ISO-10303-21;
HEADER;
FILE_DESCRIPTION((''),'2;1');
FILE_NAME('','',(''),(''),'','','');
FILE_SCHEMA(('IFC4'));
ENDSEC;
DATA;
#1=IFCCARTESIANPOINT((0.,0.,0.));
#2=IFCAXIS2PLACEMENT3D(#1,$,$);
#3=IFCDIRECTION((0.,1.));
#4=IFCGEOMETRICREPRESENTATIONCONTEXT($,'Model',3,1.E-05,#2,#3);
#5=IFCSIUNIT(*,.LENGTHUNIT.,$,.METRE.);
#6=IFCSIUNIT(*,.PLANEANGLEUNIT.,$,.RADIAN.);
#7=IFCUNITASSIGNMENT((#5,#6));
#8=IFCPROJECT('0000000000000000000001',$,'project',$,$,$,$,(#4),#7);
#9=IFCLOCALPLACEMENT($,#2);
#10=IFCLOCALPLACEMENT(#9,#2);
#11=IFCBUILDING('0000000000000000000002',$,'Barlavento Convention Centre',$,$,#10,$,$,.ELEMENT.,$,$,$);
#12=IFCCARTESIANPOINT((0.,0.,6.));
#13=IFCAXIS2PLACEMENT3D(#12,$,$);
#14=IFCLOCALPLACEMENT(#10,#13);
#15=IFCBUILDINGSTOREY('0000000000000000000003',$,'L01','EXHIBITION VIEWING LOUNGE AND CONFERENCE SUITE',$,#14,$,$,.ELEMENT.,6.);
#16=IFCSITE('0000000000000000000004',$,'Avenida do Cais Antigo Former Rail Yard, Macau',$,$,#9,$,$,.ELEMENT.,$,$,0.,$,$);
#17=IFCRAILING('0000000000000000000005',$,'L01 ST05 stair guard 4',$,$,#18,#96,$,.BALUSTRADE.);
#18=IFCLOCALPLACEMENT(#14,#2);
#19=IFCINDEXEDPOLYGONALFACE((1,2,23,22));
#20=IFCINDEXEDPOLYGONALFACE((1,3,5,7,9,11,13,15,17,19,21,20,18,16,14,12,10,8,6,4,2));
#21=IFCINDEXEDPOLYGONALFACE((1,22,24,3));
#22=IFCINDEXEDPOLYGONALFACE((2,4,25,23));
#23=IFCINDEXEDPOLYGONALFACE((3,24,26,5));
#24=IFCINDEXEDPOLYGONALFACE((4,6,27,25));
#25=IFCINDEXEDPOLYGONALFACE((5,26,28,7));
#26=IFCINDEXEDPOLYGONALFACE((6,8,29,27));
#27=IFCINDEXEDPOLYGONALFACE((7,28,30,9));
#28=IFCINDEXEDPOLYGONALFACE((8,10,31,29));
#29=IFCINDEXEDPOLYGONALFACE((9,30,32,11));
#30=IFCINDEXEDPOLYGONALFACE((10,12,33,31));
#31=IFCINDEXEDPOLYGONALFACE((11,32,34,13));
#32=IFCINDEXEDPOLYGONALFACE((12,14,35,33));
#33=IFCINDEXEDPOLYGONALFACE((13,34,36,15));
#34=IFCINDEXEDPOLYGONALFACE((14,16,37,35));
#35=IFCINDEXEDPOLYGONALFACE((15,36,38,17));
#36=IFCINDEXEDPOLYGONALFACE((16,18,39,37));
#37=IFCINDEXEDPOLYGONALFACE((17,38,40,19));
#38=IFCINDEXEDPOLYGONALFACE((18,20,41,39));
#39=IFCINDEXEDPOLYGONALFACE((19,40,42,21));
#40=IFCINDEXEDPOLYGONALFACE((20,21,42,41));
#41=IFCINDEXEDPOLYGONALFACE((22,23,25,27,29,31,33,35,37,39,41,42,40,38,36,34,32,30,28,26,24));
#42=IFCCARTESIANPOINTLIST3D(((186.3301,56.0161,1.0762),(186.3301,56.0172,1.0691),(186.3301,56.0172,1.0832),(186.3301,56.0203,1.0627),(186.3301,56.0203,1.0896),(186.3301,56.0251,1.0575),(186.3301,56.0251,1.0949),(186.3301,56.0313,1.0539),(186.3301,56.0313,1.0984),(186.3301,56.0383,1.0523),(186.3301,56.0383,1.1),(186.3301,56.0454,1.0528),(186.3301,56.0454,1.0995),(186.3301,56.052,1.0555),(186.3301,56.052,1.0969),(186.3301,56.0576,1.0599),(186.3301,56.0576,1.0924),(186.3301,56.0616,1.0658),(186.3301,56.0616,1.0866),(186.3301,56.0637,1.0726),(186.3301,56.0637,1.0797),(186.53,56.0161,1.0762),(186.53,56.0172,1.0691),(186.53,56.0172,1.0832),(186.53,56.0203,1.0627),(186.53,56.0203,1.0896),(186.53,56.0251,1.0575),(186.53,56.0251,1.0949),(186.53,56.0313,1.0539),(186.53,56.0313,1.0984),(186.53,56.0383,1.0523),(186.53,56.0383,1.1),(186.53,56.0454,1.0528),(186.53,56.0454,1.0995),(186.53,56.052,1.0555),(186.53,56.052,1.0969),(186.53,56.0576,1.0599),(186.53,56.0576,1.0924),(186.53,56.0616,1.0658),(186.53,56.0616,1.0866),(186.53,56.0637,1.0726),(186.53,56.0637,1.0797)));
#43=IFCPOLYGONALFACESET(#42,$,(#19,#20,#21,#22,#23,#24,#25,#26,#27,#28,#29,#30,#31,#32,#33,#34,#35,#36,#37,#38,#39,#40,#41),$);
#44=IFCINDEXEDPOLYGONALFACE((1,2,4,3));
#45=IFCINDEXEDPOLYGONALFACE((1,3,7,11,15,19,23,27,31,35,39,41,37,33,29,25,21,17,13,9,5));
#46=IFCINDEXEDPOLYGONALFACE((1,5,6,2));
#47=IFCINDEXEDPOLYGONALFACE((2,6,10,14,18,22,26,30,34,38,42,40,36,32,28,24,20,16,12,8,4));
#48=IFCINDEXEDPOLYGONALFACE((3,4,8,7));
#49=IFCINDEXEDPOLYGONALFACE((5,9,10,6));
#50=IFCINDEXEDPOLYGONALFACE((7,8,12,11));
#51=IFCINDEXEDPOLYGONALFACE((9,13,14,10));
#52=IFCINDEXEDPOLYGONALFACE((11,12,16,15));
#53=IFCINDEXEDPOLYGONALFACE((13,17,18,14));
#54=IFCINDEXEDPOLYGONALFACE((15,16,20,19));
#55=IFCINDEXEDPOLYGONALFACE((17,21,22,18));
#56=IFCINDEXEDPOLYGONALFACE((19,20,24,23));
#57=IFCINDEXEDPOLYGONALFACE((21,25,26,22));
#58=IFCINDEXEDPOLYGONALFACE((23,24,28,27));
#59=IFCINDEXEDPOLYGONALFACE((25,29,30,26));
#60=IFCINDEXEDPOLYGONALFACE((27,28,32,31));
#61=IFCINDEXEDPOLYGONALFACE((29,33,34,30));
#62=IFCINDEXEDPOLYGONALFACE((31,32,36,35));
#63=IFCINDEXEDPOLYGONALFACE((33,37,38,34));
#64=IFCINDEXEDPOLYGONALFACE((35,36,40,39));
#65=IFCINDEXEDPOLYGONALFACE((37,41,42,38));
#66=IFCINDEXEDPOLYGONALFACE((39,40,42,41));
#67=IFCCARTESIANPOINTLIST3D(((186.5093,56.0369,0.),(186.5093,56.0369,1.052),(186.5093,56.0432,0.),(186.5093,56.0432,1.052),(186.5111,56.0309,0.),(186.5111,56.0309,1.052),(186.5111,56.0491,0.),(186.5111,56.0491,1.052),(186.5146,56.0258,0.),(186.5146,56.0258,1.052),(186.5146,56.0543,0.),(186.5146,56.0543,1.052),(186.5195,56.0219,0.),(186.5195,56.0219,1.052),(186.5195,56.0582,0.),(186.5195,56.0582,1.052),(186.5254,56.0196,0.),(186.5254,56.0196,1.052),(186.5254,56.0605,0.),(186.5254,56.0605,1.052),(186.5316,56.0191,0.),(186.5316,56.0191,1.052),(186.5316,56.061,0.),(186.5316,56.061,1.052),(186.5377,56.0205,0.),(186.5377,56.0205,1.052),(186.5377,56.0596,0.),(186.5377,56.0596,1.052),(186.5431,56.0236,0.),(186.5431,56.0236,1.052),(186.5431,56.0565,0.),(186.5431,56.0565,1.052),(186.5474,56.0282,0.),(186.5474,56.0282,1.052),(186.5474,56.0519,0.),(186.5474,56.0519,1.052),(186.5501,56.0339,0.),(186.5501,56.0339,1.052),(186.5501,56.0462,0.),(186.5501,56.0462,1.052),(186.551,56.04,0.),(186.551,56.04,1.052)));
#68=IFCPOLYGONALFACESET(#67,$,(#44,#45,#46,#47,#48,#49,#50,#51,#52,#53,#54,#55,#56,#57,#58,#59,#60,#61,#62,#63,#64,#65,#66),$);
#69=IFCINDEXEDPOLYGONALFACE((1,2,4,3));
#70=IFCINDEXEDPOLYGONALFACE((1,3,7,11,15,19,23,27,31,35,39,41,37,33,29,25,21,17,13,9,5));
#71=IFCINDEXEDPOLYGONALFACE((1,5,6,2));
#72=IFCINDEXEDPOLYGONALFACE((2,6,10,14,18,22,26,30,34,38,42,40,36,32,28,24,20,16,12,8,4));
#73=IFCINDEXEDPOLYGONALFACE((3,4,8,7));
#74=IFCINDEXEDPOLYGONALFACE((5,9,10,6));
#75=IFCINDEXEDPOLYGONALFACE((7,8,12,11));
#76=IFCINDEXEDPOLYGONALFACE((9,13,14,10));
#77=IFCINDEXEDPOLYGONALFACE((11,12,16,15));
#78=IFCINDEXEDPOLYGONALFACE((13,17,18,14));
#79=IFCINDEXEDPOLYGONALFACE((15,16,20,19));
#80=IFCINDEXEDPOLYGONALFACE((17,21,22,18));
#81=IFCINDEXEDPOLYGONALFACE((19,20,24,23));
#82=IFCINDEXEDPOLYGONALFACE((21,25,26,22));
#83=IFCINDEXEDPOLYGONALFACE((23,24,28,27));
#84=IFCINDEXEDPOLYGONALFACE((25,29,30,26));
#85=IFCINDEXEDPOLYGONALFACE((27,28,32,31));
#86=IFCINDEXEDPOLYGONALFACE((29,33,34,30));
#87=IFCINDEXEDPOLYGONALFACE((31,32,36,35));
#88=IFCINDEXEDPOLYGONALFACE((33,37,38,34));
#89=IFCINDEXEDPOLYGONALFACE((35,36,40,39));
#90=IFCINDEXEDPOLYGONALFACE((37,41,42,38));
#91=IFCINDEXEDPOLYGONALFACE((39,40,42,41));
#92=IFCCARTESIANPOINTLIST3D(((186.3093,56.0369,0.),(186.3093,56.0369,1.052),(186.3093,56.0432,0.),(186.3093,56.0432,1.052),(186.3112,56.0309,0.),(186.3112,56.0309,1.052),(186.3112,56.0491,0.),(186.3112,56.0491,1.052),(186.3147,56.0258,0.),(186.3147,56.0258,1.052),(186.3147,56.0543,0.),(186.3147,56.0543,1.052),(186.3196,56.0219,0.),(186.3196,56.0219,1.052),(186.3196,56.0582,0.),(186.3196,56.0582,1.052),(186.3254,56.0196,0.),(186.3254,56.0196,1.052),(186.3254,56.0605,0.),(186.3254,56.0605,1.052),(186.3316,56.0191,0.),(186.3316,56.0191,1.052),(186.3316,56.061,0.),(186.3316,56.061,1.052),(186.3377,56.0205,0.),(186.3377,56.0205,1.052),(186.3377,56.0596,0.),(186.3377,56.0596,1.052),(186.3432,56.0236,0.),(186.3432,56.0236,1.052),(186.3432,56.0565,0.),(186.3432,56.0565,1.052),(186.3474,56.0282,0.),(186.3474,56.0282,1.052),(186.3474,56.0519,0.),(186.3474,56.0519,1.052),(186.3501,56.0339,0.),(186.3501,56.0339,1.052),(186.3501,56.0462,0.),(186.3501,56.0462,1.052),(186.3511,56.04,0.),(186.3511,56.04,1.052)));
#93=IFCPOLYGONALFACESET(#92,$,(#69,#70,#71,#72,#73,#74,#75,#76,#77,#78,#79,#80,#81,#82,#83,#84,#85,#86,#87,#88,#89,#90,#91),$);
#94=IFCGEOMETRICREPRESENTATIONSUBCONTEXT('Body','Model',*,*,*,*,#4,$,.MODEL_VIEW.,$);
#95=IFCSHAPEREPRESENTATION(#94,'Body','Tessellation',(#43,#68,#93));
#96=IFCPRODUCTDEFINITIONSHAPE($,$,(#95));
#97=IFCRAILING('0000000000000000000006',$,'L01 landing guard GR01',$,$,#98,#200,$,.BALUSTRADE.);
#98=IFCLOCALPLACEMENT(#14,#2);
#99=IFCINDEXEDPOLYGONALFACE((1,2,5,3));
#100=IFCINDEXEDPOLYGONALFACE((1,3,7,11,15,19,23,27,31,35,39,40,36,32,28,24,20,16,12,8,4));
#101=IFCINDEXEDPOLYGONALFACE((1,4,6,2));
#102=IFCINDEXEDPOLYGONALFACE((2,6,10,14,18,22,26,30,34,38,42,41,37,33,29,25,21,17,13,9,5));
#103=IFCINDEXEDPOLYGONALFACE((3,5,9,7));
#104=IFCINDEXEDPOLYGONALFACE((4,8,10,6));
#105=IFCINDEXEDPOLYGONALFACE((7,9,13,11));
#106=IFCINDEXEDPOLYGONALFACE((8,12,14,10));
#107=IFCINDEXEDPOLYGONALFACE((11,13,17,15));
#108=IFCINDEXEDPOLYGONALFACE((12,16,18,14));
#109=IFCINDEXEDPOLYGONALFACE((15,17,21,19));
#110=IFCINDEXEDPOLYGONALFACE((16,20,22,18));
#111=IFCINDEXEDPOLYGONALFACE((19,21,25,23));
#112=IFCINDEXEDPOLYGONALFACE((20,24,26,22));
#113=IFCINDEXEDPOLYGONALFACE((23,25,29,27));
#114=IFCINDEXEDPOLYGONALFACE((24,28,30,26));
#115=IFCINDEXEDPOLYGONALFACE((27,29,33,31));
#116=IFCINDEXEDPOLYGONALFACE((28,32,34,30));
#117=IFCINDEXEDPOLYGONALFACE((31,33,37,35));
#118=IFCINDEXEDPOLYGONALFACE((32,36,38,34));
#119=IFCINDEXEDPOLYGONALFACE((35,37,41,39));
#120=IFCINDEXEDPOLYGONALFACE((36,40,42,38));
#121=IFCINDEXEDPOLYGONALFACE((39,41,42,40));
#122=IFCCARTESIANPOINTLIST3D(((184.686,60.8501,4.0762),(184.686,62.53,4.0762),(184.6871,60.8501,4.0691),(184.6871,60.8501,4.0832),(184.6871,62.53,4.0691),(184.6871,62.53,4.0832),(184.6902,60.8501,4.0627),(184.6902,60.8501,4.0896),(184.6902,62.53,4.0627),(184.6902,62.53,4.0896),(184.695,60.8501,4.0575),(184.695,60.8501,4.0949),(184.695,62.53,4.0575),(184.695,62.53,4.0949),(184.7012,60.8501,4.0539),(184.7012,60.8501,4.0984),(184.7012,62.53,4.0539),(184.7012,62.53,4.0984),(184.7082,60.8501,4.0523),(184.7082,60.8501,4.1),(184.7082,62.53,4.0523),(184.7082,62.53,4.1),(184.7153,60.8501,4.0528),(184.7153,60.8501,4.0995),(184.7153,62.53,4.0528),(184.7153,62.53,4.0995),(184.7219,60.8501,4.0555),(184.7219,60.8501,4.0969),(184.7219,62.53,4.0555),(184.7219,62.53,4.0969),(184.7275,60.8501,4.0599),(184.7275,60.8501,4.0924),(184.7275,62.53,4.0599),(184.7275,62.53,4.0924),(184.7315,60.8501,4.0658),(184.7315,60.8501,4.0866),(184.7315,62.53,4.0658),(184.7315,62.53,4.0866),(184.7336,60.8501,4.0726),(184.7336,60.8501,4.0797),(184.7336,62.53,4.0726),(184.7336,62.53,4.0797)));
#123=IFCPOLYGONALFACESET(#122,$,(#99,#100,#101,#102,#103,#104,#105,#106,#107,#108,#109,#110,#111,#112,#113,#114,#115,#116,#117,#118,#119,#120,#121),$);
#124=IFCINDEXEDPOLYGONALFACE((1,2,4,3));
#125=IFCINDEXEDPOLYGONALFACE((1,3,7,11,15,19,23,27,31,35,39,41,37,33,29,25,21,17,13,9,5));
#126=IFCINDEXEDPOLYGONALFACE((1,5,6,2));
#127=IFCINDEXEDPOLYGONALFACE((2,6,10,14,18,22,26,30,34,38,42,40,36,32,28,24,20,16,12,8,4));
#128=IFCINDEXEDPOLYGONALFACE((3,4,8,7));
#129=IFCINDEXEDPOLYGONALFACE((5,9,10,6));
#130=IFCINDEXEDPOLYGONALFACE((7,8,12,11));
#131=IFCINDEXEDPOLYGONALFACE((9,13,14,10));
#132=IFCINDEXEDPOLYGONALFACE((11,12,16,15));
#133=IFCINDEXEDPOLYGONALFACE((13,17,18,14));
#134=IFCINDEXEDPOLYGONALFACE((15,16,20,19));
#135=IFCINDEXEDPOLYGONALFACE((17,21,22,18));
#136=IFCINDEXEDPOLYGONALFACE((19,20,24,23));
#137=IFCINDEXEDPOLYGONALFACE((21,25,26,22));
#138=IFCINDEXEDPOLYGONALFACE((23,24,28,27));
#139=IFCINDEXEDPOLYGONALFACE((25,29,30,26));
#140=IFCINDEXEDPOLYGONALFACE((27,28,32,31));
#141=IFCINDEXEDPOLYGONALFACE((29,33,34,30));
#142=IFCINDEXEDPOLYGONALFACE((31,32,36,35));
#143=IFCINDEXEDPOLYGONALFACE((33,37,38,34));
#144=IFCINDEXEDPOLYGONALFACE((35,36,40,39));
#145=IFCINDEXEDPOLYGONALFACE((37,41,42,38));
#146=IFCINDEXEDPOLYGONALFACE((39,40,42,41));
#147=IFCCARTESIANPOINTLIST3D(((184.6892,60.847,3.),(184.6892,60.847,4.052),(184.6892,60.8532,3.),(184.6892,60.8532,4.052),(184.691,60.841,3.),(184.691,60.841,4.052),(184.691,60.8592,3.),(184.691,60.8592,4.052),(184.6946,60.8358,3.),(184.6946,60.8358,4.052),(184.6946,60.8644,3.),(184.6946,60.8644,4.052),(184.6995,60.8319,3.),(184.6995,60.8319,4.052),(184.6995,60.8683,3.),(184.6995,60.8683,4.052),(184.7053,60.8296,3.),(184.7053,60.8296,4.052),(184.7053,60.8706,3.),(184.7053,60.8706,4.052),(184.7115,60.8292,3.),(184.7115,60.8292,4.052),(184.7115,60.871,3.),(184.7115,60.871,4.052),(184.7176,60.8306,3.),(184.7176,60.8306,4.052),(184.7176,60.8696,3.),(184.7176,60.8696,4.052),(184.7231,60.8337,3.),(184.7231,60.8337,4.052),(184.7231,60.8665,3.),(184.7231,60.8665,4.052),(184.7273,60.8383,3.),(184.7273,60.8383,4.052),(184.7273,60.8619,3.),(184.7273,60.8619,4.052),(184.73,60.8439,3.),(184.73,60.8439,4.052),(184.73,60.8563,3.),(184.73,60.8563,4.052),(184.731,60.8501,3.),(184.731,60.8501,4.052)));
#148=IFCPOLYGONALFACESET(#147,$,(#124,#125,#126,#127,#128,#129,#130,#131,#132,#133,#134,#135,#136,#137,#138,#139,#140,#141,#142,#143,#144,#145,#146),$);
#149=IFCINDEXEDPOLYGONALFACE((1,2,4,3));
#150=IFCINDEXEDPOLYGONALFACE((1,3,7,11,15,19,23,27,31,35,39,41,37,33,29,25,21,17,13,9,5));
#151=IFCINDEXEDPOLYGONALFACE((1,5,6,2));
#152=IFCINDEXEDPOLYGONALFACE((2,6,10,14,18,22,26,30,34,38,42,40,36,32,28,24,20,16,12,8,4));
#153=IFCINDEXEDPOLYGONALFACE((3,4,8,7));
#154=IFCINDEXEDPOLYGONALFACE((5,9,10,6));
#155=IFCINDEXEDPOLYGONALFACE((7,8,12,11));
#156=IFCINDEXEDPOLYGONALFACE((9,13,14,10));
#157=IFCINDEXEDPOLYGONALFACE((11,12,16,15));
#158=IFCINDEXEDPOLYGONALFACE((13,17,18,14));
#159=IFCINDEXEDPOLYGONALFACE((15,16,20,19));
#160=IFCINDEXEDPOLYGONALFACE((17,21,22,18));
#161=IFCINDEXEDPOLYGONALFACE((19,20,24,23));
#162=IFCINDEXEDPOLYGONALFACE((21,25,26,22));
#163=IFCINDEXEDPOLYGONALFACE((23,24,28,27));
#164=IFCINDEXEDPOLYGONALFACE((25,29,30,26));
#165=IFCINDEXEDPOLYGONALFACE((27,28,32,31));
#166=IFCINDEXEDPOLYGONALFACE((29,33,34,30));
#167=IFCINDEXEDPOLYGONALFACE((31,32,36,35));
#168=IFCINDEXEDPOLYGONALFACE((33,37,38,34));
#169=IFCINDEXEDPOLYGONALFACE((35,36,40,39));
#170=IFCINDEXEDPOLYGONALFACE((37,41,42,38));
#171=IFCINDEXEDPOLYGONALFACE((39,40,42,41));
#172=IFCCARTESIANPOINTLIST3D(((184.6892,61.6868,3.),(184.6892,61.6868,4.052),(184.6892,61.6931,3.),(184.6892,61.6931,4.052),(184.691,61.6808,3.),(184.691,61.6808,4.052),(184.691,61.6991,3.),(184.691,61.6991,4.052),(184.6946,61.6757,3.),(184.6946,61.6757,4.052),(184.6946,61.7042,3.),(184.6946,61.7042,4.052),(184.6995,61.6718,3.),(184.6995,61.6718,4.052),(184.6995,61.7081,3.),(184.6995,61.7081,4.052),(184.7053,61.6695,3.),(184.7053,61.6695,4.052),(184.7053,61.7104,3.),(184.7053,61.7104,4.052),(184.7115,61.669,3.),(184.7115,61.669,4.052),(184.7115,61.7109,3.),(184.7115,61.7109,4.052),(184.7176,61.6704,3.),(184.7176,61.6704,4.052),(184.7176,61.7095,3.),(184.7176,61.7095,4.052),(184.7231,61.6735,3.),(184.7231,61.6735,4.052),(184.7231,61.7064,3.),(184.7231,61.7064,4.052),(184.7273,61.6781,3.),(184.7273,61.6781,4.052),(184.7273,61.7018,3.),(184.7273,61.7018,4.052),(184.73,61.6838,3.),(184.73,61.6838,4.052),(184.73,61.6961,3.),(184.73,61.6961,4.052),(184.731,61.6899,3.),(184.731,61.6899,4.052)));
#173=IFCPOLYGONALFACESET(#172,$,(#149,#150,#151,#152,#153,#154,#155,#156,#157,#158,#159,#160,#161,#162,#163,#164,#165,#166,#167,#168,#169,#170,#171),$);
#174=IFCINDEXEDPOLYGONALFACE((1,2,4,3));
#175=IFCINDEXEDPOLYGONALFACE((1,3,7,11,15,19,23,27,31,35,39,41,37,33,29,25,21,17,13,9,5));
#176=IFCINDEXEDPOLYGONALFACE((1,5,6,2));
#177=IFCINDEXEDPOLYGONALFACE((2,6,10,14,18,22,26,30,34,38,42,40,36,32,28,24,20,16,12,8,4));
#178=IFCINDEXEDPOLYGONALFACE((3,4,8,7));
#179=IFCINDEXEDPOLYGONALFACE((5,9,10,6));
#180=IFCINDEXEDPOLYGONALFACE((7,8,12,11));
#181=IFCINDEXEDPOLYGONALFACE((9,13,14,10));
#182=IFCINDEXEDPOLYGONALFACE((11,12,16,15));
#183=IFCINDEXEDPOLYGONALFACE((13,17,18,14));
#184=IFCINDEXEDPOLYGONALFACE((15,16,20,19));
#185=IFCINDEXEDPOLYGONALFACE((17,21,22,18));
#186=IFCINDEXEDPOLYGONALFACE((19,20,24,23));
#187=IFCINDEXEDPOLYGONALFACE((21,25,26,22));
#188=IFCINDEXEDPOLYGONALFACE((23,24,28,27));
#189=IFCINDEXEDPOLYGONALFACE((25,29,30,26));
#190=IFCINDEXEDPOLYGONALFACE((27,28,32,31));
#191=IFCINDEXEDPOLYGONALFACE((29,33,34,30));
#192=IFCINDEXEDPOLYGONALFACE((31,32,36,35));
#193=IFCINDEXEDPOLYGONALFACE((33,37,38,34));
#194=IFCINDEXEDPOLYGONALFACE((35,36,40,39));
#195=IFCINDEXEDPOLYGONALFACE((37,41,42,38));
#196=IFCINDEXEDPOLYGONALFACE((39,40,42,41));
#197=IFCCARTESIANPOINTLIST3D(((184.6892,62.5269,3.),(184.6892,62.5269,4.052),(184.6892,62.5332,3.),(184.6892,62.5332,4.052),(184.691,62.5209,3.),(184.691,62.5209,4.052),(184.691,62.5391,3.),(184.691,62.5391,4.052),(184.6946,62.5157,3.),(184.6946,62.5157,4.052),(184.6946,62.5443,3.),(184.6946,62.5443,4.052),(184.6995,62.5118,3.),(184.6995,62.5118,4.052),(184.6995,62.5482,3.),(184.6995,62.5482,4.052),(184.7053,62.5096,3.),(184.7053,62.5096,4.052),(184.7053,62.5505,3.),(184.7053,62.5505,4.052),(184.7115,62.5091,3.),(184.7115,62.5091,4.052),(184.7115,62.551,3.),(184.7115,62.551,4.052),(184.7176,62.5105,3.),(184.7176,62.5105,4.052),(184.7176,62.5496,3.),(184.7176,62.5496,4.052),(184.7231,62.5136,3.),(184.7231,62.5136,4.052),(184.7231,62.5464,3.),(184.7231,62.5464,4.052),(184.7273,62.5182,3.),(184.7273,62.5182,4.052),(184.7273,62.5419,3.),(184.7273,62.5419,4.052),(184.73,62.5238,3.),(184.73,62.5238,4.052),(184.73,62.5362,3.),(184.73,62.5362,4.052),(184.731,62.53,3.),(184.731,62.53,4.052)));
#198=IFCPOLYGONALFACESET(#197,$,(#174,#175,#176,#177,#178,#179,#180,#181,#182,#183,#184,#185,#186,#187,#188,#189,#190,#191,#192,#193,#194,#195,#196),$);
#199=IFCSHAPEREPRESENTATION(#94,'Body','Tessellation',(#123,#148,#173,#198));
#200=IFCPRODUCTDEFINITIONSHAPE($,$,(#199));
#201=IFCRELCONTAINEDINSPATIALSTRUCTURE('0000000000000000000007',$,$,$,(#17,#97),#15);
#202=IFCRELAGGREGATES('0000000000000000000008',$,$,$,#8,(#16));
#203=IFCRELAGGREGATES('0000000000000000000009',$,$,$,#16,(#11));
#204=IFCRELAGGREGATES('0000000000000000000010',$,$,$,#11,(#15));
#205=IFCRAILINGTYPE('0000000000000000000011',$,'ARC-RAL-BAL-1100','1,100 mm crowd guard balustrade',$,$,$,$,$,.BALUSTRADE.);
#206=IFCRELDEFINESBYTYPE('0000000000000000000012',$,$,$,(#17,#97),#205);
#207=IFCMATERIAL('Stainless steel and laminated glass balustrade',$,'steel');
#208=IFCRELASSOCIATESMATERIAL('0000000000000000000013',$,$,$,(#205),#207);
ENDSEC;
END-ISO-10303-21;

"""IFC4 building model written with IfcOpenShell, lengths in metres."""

from ifc_helpers import new_model, si_unit, direction, frame, origin, origin_2d, place, context, subcontext, project, spatial, circle, extrude, material, type_object, element, save


model = new_model("IFC4")

# Units and contexts
model_context = context("Model", 3, precision=1e-05, world=origin(), true_north=direction((0.0, 1.0)))
body_context = subcontext(model_context, "Body", "Model", "MODEL_VIEW")
ifc_project = project(units=[si_unit("LENGTHUNIT", "METRE"), si_unit("PLANEANGLEUNIT", "RADIAN")], contexts=[model_context])

# Site, building, storey
site_placement = place(None, origin())
site = spatial("IfcSite", under=ifc_project, at=site_placement, Name="Avenida do Cais Antigo Former Rail Yard, Macau", CompositionType="ELEMENT", RefElevation=0.0)
building_placement = place(site_placement, origin())
building = spatial("IfcBuilding", under=site, at=building_placement, Name="Barlavento Convention Centre", CompositionType="ELEMENT")
storey_placement = place(building_placement, frame((0.0, 0.0, 6.0)))
storey = spatial("IfcBuildingStorey", under=building, at=storey_placement, Name="L01", Description="EXHIBITION VIEWING LOUNGE AND CONFERENCE SUITE", CompositionType="ELEMENT", Elevation=6.0)

# Railings
ifc_material_1 = material(Name="Stainless steel and laminated glass balustrade", Category="steel")
railing_type_1 = type_object("IfcRailingType", Name="ARC-RAL-BAL-1100", Description="1,100 mm crowd guard balustrade", PredefinedType="BALUSTRADE", material=ifc_material_1)
railing_1_placement = place(storey_placement, frame((186.53, 56.04, 0.0)))
element("IfcRailing", 1, at=railing_1_placement, inside=storey, type_object=railing_type_1, Name="L01 ST05 stair guard 4", PredefinedType="BALUSTRADE", context=body_context, shape_type="SweptSolid", body=[
    extrude(circle(Radius=0.0239, at=origin_2d()), frame((0.0, 0.0, 1.0762), z_axis=(-1.0, 0.0, 0.0), x_axis=(0.0, -1.0, 0.0)), (0.0, 0.0, 1.0), 0.2),
    extrude(circle(Radius=0.021, at=origin_2d()), origin(), (0.0, 0.0, 1.0), 1.052),
    extrude(circle(Radius=0.021, at=origin_2d()), frame((-0.2, 0.0, 0.0)), (0.0, 0.0, 1.0), 1.052),
])
railing_2_placement = place(storey_placement, frame((184.71, 60.8501, 3.0)))
element("IfcRailing", 2, at=railing_2_placement, inside=storey, type_object=railing_type_1, Name="L01 landing guard GR01", PredefinedType="BALUSTRADE", context=body_context, shape_type="SweptSolid", body=[
    extrude(circle(Radius=0.0239, at=origin_2d()), frame((0.0, 0.0, 1.0762), z_axis=(0.0, 1.0, 0.0), x_axis=(-1.0, 0.0, 0.0)), (0.0, 0.0, 1.0), 1.6799),
    extrude(circle(Radius=0.021, at=origin_2d()), origin(), (0.0, 0.0, 1.0), 1.052),
    extrude(circle(Radius=0.021, at=origin_2d()), frame((0.0, 0.8398, 0.0)), (0.0, 0.0, 1.0), 1.052),
    extrude(circle(Radius=0.021, at=origin_2d()), frame((0.0, 1.6799, 0.0)), (0.0, 0.0, 1.0), 1.052),
])

save(model, "model.ifc")
